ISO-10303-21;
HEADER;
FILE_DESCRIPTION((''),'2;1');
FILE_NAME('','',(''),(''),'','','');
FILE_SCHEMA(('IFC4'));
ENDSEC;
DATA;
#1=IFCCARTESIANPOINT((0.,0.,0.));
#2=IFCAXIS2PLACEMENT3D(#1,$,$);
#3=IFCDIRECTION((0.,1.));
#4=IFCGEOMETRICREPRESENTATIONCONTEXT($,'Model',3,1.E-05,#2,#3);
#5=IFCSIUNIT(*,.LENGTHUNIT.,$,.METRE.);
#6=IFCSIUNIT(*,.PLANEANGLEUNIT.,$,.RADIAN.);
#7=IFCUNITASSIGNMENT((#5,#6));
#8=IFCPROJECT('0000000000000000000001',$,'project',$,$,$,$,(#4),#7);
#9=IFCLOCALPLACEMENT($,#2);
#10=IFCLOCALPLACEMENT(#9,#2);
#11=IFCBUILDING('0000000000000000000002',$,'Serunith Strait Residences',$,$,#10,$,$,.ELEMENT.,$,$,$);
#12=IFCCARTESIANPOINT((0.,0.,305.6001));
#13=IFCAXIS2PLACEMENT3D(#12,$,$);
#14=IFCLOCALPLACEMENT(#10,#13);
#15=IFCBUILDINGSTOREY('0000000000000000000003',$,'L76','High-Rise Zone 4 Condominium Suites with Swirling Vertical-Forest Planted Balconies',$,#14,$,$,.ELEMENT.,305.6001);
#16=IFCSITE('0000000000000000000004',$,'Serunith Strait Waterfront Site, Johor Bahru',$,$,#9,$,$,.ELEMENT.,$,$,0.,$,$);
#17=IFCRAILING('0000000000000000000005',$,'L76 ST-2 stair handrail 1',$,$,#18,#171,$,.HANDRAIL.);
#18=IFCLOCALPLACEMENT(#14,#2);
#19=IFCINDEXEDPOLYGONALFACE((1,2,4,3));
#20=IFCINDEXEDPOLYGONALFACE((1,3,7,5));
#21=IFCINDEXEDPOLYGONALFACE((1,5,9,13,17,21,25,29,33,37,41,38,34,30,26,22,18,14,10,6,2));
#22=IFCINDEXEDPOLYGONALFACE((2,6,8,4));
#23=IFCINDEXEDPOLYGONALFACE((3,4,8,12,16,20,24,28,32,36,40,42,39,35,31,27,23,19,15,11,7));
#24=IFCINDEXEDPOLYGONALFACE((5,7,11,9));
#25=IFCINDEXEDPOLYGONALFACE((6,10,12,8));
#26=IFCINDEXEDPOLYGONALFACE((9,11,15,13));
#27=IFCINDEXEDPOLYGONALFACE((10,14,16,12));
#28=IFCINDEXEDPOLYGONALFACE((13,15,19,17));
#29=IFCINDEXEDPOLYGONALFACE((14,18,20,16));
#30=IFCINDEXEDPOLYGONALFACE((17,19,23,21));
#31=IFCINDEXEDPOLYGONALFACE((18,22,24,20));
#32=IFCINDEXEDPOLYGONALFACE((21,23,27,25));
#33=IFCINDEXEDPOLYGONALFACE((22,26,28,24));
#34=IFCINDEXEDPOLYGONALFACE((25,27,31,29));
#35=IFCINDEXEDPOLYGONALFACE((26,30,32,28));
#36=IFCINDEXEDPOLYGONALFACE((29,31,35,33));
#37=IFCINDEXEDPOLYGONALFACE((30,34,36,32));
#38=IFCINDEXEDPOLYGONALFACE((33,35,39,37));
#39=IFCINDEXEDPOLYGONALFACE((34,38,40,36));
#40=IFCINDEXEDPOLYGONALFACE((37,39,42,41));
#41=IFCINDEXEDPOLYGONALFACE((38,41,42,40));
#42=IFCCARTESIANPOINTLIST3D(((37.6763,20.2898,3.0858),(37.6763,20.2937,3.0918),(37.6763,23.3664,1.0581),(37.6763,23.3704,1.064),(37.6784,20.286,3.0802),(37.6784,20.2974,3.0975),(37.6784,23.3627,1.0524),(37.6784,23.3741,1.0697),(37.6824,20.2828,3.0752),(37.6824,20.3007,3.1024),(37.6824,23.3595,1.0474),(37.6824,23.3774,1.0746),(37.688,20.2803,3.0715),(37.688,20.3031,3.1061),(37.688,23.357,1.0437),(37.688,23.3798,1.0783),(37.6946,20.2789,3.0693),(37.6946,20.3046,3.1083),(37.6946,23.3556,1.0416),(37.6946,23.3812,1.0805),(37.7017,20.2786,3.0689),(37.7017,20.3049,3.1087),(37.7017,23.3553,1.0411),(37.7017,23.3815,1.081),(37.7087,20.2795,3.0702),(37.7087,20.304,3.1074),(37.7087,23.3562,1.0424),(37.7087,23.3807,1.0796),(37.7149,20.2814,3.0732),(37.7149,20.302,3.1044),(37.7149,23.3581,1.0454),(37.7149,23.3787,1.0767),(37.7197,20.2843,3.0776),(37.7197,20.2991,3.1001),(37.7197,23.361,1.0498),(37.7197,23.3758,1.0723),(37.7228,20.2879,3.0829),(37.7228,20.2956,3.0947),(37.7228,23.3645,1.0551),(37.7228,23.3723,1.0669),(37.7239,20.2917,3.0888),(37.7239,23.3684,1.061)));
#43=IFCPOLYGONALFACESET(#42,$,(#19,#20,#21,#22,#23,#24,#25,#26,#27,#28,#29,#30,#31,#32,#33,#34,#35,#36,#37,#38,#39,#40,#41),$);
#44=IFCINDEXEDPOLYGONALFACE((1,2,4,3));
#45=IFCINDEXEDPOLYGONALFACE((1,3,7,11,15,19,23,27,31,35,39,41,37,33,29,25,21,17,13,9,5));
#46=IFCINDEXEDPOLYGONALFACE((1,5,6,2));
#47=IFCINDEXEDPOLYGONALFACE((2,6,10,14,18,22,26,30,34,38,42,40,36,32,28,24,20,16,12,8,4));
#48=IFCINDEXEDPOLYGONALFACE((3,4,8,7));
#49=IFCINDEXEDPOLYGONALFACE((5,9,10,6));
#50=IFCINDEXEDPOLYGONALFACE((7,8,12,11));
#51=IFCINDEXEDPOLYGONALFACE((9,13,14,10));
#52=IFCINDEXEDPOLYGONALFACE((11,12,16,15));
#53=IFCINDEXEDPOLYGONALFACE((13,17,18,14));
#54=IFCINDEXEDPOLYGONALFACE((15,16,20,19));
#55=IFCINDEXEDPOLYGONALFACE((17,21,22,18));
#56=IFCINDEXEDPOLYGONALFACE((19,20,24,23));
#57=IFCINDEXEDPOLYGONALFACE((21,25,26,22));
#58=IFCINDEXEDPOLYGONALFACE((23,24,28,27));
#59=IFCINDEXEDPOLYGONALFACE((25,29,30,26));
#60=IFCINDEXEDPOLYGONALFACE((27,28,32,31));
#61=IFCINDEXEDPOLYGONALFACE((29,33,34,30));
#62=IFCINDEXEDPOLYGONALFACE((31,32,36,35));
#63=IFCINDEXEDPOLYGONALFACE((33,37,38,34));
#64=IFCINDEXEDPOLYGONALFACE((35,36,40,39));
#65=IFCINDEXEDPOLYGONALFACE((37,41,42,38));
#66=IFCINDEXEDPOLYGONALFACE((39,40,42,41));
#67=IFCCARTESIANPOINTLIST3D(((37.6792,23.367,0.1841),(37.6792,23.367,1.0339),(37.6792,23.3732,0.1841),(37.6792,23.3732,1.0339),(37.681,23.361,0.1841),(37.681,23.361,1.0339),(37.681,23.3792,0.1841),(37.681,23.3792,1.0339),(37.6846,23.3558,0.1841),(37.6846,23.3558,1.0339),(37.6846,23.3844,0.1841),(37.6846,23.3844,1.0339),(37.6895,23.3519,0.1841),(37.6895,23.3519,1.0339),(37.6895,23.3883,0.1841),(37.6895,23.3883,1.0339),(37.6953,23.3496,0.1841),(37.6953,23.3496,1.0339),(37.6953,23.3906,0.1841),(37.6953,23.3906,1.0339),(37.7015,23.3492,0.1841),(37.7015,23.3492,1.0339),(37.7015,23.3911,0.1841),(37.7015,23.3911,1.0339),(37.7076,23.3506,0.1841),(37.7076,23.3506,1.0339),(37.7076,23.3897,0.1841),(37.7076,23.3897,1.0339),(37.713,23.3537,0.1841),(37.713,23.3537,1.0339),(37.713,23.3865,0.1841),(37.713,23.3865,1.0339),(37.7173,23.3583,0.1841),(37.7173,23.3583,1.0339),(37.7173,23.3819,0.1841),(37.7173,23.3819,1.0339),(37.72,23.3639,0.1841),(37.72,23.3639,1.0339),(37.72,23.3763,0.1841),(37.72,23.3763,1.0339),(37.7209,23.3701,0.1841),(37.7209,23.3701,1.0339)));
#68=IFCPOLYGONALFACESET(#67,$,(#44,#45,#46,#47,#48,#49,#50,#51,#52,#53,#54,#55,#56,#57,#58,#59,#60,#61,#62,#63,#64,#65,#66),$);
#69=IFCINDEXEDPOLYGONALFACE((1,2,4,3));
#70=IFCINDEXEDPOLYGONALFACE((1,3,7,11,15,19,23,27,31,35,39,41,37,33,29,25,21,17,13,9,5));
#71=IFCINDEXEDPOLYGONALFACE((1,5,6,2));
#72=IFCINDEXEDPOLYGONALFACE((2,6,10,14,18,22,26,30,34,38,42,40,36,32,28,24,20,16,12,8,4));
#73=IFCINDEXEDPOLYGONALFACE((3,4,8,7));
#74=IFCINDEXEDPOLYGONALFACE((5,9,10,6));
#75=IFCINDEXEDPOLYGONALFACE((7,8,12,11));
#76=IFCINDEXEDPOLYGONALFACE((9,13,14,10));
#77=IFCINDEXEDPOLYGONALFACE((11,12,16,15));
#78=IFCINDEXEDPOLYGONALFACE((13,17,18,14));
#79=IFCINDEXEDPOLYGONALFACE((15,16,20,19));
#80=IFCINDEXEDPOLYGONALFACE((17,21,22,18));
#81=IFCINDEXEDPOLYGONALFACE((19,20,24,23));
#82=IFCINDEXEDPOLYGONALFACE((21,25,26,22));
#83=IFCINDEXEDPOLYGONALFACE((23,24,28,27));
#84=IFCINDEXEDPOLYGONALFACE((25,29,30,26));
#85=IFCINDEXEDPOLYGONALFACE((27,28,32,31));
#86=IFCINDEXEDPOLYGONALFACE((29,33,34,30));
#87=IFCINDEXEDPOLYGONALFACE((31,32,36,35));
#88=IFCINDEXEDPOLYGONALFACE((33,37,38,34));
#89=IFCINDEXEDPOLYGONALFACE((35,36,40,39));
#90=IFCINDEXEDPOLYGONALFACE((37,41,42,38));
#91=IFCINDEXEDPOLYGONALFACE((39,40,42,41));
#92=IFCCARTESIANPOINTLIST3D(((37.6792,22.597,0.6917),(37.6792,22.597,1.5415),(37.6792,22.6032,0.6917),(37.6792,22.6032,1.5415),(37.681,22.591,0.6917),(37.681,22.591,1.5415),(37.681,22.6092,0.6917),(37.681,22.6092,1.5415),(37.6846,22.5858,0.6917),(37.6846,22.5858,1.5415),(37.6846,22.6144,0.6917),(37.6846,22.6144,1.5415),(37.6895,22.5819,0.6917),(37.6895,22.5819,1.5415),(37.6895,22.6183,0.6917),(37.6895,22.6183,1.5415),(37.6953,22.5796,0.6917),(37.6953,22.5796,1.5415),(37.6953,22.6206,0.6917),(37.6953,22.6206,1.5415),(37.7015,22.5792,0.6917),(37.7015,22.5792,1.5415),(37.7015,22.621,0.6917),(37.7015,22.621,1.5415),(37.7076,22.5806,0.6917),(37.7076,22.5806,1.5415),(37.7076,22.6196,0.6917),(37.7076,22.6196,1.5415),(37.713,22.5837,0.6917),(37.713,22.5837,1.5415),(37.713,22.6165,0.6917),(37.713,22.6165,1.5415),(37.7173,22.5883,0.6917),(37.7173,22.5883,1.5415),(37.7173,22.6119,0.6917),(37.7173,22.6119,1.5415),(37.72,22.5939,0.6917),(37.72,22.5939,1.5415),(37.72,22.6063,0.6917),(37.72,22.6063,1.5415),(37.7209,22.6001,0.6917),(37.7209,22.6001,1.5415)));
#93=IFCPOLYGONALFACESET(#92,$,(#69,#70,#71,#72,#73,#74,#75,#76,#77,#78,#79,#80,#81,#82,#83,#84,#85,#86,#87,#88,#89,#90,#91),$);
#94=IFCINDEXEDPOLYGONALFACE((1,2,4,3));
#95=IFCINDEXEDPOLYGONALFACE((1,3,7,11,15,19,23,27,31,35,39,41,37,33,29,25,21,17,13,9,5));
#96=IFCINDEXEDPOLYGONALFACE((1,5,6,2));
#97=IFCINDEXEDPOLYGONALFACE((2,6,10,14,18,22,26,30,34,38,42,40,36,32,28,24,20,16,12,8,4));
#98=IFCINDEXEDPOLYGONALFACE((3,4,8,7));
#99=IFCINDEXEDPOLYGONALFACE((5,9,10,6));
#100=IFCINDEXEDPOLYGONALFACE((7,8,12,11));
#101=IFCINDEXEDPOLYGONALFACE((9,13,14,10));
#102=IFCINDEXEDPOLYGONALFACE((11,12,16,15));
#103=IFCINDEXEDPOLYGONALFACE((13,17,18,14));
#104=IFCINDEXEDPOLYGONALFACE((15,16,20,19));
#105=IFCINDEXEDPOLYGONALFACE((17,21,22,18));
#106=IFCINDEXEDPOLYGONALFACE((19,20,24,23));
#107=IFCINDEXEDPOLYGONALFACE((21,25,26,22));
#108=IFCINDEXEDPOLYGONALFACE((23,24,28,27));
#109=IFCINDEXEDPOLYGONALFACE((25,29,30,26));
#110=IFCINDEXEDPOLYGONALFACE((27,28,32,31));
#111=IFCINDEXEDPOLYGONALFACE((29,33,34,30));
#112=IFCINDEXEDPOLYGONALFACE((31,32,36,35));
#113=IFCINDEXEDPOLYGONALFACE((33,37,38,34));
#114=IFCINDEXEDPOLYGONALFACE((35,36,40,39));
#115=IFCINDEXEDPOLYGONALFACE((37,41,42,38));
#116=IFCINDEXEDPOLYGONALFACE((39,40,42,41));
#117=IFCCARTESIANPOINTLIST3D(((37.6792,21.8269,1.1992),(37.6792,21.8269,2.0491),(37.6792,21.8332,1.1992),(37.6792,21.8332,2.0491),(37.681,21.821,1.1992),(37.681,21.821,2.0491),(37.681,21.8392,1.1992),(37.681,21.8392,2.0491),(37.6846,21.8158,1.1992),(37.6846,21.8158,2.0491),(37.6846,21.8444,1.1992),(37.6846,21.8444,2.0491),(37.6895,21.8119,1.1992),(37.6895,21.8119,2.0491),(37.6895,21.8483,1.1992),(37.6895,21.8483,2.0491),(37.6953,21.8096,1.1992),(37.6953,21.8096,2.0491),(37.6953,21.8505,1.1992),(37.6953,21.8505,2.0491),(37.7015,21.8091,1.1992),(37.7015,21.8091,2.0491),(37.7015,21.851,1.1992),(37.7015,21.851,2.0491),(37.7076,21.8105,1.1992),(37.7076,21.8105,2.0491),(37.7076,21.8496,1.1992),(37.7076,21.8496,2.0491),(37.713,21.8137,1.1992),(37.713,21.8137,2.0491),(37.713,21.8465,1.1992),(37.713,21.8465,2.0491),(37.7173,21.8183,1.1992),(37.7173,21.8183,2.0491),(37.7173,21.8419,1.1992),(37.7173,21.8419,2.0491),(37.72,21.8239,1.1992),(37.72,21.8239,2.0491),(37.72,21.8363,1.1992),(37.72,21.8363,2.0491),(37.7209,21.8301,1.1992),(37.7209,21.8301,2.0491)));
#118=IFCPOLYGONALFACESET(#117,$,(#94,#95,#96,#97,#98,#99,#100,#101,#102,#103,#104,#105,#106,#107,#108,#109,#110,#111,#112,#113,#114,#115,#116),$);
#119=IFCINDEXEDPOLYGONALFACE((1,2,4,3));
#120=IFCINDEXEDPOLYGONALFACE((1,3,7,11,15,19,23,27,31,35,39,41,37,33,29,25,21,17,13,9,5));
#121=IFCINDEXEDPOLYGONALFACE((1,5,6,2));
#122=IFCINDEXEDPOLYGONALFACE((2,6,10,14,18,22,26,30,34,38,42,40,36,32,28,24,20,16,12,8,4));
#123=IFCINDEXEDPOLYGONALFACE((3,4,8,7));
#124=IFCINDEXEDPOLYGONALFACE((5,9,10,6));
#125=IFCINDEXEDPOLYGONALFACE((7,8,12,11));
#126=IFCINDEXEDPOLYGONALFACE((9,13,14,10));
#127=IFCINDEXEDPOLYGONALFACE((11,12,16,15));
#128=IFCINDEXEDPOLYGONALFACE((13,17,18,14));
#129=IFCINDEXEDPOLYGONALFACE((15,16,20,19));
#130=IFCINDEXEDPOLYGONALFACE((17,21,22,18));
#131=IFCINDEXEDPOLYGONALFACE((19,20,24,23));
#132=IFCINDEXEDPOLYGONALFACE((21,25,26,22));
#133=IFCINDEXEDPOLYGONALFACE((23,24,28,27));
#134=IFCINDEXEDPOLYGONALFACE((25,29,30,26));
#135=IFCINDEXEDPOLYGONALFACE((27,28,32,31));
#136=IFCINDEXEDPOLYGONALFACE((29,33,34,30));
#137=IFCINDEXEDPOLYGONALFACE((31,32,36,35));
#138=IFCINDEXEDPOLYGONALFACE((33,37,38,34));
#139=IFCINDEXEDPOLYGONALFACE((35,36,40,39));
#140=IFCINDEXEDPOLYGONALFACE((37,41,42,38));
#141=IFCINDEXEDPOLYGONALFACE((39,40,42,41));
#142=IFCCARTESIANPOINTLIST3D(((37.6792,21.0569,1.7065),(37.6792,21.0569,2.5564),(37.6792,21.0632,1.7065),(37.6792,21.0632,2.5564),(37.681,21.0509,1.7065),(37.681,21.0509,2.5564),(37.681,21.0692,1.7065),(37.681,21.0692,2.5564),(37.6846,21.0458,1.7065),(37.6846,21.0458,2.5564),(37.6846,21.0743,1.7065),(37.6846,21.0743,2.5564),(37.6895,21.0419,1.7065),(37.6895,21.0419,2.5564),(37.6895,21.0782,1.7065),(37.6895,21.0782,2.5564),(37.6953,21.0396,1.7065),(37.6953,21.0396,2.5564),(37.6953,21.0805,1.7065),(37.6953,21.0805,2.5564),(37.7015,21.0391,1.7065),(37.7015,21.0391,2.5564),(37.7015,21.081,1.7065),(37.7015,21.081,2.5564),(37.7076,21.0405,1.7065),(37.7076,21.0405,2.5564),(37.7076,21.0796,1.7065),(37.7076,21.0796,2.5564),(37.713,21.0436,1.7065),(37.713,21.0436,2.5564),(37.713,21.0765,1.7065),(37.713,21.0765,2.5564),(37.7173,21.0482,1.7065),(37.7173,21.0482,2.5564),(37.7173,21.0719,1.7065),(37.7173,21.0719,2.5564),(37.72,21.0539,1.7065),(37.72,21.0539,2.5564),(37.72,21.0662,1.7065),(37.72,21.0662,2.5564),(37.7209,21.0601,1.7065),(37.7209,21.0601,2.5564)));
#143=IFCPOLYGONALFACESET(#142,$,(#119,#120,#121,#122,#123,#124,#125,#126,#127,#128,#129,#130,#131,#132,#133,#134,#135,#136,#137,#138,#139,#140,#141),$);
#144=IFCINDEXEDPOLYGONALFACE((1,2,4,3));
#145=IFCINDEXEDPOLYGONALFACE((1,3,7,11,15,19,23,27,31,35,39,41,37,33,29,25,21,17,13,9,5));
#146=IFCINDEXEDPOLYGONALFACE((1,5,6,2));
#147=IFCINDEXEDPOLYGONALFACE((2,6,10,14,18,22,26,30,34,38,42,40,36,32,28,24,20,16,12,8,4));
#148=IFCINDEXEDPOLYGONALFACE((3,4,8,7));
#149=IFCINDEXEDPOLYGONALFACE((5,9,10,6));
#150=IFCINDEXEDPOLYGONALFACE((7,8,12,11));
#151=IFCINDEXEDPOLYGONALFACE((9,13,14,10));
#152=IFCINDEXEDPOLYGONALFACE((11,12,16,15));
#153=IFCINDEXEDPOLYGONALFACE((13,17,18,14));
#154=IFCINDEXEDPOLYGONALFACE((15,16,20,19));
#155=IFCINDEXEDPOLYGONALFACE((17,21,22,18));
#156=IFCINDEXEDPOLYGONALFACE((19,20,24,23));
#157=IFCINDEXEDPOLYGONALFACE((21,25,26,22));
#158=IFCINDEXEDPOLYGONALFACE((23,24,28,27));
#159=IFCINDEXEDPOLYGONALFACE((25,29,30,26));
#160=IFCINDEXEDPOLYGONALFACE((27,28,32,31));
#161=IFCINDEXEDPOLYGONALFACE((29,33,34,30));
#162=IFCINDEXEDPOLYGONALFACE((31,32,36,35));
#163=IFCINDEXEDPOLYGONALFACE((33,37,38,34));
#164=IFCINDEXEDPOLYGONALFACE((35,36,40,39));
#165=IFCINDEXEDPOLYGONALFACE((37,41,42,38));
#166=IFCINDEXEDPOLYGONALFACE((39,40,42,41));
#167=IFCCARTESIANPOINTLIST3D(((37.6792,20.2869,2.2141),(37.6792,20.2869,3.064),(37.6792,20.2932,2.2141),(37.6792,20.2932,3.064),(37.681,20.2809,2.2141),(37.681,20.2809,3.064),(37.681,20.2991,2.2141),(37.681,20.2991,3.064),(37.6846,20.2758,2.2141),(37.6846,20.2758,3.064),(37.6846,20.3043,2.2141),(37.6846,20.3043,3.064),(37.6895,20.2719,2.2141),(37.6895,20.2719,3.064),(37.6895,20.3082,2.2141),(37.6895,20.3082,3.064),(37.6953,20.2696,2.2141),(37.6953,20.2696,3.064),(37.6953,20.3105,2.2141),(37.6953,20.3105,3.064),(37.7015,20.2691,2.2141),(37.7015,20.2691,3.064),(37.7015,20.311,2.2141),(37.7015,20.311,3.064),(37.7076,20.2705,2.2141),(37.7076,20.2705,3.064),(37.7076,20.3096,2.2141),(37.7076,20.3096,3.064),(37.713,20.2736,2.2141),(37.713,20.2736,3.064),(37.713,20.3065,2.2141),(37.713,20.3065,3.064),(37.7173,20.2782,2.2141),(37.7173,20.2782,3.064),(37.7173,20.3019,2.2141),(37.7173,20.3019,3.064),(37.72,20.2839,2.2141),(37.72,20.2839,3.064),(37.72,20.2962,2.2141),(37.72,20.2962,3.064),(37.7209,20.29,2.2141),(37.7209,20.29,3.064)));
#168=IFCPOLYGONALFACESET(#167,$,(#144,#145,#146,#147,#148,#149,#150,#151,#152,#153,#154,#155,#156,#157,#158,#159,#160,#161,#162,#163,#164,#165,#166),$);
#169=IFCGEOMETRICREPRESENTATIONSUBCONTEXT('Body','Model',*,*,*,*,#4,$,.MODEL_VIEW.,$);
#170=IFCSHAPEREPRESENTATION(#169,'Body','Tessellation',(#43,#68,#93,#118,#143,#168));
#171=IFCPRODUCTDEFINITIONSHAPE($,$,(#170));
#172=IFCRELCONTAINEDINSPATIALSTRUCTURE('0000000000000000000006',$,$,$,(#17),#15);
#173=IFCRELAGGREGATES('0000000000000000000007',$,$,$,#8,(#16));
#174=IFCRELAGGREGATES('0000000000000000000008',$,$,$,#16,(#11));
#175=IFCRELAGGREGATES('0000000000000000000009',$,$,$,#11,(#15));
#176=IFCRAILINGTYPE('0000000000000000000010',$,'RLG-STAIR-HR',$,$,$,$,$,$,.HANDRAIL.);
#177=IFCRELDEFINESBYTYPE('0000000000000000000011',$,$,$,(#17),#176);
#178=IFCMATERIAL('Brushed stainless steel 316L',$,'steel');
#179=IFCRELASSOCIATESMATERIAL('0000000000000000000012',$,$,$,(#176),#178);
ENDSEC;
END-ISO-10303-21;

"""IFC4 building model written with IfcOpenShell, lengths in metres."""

from ifc_helpers import new_model, si_unit, direction, frame, origin, origin_2d, place, context, subcontext, project, spatial, circle, extrude, material, type_object, element, save


model = new_model("IFC4")

# Units and contexts
model_context = context("Model", 3, precision=1e-05, world=origin(), true_north=direction((0.0, 1.0)))
body_context = subcontext(model_context, "Body", "Model", "MODEL_VIEW")
ifc_project = project(units=[si_unit("LENGTHUNIT", "METRE"), si_unit("PLANEANGLEUNIT", "RADIAN")], contexts=[model_context])

# Site, building, storey
site_placement = place(None, origin())
site = spatial("IfcSite", under=ifc_project, at=site_placement, Name="Serunith Strait Waterfront Site, Johor Bahru", CompositionType="ELEMENT", RefElevation=0.0)
building_placement = place(site_placement, origin())
building = spatial("IfcBuilding", under=site, at=building_placement, Name="Serunith Strait Residences", CompositionType="ELEMENT")
storey_placement = place(building_placement, frame((0.0, 0.0, 305.6001)))
storey = spatial("IfcBuildingStorey", under=building, at=storey_placement, Name="L76", Description="High-Rise Zone 4 Condominium Suites with Swirling Vertical-Forest Planted Balconies", CompositionType="ELEMENT", Elevation=305.6001)

# Railing
ifc_material_1 = material(Name="Brushed stainless steel 316L", Category="steel")
railing_type_1 = type_object("IfcRailingType", Name="RLG-STAIR-HR", PredefinedType="HANDRAIL", material=ifc_material_1)
railing_1_placement = place(storey_placement, frame((37.7, 23.3701, 0.1841)))
element("IfcRailing", 1, at=railing_1_placement, inside=storey, type_object=railing_type_1, Name="L76 ST-2 stair handrail 1", PredefinedType="HANDRAIL", context=body_context, shape_type="SweptSolid", body=[
    extrude(circle(Radius=0.0239, at=origin_2d()), frame((0.0, -0.0017, 0.877), z_axis=(0.0, -0.834961, 0.550309), x_axis=(1.0, 0.0, 0.0)), (0.0, 0.0, 1.0), 3.6848),
    extrude(circle(Radius=0.021, at=origin_2d()), origin(), (0.0, 0.0, 1.0), 0.8499),
    extrude(circle(Radius=0.021, at=origin_2d()), frame((0.0, -0.77, 0.5076)), (0.0, 0.0, 1.0), 0.8499),
    extrude(circle(Radius=0.021, at=origin_2d()), frame((0.0, -1.54, 1.0151)), (0.0, 0.0, 1.0), 0.8499),
    extrude(circle(Radius=0.021, at=origin_2d()), frame((0.0, -2.3101, 1.5225)), (0.0, 0.0, 1.0), 0.8499),
    extrude(circle(Radius=0.021, at=origin_2d()), frame((0.0, -3.0801, 2.03)), (0.0, 0.0, 1.0), 0.8499),
])

save(model, "model.ifc")
